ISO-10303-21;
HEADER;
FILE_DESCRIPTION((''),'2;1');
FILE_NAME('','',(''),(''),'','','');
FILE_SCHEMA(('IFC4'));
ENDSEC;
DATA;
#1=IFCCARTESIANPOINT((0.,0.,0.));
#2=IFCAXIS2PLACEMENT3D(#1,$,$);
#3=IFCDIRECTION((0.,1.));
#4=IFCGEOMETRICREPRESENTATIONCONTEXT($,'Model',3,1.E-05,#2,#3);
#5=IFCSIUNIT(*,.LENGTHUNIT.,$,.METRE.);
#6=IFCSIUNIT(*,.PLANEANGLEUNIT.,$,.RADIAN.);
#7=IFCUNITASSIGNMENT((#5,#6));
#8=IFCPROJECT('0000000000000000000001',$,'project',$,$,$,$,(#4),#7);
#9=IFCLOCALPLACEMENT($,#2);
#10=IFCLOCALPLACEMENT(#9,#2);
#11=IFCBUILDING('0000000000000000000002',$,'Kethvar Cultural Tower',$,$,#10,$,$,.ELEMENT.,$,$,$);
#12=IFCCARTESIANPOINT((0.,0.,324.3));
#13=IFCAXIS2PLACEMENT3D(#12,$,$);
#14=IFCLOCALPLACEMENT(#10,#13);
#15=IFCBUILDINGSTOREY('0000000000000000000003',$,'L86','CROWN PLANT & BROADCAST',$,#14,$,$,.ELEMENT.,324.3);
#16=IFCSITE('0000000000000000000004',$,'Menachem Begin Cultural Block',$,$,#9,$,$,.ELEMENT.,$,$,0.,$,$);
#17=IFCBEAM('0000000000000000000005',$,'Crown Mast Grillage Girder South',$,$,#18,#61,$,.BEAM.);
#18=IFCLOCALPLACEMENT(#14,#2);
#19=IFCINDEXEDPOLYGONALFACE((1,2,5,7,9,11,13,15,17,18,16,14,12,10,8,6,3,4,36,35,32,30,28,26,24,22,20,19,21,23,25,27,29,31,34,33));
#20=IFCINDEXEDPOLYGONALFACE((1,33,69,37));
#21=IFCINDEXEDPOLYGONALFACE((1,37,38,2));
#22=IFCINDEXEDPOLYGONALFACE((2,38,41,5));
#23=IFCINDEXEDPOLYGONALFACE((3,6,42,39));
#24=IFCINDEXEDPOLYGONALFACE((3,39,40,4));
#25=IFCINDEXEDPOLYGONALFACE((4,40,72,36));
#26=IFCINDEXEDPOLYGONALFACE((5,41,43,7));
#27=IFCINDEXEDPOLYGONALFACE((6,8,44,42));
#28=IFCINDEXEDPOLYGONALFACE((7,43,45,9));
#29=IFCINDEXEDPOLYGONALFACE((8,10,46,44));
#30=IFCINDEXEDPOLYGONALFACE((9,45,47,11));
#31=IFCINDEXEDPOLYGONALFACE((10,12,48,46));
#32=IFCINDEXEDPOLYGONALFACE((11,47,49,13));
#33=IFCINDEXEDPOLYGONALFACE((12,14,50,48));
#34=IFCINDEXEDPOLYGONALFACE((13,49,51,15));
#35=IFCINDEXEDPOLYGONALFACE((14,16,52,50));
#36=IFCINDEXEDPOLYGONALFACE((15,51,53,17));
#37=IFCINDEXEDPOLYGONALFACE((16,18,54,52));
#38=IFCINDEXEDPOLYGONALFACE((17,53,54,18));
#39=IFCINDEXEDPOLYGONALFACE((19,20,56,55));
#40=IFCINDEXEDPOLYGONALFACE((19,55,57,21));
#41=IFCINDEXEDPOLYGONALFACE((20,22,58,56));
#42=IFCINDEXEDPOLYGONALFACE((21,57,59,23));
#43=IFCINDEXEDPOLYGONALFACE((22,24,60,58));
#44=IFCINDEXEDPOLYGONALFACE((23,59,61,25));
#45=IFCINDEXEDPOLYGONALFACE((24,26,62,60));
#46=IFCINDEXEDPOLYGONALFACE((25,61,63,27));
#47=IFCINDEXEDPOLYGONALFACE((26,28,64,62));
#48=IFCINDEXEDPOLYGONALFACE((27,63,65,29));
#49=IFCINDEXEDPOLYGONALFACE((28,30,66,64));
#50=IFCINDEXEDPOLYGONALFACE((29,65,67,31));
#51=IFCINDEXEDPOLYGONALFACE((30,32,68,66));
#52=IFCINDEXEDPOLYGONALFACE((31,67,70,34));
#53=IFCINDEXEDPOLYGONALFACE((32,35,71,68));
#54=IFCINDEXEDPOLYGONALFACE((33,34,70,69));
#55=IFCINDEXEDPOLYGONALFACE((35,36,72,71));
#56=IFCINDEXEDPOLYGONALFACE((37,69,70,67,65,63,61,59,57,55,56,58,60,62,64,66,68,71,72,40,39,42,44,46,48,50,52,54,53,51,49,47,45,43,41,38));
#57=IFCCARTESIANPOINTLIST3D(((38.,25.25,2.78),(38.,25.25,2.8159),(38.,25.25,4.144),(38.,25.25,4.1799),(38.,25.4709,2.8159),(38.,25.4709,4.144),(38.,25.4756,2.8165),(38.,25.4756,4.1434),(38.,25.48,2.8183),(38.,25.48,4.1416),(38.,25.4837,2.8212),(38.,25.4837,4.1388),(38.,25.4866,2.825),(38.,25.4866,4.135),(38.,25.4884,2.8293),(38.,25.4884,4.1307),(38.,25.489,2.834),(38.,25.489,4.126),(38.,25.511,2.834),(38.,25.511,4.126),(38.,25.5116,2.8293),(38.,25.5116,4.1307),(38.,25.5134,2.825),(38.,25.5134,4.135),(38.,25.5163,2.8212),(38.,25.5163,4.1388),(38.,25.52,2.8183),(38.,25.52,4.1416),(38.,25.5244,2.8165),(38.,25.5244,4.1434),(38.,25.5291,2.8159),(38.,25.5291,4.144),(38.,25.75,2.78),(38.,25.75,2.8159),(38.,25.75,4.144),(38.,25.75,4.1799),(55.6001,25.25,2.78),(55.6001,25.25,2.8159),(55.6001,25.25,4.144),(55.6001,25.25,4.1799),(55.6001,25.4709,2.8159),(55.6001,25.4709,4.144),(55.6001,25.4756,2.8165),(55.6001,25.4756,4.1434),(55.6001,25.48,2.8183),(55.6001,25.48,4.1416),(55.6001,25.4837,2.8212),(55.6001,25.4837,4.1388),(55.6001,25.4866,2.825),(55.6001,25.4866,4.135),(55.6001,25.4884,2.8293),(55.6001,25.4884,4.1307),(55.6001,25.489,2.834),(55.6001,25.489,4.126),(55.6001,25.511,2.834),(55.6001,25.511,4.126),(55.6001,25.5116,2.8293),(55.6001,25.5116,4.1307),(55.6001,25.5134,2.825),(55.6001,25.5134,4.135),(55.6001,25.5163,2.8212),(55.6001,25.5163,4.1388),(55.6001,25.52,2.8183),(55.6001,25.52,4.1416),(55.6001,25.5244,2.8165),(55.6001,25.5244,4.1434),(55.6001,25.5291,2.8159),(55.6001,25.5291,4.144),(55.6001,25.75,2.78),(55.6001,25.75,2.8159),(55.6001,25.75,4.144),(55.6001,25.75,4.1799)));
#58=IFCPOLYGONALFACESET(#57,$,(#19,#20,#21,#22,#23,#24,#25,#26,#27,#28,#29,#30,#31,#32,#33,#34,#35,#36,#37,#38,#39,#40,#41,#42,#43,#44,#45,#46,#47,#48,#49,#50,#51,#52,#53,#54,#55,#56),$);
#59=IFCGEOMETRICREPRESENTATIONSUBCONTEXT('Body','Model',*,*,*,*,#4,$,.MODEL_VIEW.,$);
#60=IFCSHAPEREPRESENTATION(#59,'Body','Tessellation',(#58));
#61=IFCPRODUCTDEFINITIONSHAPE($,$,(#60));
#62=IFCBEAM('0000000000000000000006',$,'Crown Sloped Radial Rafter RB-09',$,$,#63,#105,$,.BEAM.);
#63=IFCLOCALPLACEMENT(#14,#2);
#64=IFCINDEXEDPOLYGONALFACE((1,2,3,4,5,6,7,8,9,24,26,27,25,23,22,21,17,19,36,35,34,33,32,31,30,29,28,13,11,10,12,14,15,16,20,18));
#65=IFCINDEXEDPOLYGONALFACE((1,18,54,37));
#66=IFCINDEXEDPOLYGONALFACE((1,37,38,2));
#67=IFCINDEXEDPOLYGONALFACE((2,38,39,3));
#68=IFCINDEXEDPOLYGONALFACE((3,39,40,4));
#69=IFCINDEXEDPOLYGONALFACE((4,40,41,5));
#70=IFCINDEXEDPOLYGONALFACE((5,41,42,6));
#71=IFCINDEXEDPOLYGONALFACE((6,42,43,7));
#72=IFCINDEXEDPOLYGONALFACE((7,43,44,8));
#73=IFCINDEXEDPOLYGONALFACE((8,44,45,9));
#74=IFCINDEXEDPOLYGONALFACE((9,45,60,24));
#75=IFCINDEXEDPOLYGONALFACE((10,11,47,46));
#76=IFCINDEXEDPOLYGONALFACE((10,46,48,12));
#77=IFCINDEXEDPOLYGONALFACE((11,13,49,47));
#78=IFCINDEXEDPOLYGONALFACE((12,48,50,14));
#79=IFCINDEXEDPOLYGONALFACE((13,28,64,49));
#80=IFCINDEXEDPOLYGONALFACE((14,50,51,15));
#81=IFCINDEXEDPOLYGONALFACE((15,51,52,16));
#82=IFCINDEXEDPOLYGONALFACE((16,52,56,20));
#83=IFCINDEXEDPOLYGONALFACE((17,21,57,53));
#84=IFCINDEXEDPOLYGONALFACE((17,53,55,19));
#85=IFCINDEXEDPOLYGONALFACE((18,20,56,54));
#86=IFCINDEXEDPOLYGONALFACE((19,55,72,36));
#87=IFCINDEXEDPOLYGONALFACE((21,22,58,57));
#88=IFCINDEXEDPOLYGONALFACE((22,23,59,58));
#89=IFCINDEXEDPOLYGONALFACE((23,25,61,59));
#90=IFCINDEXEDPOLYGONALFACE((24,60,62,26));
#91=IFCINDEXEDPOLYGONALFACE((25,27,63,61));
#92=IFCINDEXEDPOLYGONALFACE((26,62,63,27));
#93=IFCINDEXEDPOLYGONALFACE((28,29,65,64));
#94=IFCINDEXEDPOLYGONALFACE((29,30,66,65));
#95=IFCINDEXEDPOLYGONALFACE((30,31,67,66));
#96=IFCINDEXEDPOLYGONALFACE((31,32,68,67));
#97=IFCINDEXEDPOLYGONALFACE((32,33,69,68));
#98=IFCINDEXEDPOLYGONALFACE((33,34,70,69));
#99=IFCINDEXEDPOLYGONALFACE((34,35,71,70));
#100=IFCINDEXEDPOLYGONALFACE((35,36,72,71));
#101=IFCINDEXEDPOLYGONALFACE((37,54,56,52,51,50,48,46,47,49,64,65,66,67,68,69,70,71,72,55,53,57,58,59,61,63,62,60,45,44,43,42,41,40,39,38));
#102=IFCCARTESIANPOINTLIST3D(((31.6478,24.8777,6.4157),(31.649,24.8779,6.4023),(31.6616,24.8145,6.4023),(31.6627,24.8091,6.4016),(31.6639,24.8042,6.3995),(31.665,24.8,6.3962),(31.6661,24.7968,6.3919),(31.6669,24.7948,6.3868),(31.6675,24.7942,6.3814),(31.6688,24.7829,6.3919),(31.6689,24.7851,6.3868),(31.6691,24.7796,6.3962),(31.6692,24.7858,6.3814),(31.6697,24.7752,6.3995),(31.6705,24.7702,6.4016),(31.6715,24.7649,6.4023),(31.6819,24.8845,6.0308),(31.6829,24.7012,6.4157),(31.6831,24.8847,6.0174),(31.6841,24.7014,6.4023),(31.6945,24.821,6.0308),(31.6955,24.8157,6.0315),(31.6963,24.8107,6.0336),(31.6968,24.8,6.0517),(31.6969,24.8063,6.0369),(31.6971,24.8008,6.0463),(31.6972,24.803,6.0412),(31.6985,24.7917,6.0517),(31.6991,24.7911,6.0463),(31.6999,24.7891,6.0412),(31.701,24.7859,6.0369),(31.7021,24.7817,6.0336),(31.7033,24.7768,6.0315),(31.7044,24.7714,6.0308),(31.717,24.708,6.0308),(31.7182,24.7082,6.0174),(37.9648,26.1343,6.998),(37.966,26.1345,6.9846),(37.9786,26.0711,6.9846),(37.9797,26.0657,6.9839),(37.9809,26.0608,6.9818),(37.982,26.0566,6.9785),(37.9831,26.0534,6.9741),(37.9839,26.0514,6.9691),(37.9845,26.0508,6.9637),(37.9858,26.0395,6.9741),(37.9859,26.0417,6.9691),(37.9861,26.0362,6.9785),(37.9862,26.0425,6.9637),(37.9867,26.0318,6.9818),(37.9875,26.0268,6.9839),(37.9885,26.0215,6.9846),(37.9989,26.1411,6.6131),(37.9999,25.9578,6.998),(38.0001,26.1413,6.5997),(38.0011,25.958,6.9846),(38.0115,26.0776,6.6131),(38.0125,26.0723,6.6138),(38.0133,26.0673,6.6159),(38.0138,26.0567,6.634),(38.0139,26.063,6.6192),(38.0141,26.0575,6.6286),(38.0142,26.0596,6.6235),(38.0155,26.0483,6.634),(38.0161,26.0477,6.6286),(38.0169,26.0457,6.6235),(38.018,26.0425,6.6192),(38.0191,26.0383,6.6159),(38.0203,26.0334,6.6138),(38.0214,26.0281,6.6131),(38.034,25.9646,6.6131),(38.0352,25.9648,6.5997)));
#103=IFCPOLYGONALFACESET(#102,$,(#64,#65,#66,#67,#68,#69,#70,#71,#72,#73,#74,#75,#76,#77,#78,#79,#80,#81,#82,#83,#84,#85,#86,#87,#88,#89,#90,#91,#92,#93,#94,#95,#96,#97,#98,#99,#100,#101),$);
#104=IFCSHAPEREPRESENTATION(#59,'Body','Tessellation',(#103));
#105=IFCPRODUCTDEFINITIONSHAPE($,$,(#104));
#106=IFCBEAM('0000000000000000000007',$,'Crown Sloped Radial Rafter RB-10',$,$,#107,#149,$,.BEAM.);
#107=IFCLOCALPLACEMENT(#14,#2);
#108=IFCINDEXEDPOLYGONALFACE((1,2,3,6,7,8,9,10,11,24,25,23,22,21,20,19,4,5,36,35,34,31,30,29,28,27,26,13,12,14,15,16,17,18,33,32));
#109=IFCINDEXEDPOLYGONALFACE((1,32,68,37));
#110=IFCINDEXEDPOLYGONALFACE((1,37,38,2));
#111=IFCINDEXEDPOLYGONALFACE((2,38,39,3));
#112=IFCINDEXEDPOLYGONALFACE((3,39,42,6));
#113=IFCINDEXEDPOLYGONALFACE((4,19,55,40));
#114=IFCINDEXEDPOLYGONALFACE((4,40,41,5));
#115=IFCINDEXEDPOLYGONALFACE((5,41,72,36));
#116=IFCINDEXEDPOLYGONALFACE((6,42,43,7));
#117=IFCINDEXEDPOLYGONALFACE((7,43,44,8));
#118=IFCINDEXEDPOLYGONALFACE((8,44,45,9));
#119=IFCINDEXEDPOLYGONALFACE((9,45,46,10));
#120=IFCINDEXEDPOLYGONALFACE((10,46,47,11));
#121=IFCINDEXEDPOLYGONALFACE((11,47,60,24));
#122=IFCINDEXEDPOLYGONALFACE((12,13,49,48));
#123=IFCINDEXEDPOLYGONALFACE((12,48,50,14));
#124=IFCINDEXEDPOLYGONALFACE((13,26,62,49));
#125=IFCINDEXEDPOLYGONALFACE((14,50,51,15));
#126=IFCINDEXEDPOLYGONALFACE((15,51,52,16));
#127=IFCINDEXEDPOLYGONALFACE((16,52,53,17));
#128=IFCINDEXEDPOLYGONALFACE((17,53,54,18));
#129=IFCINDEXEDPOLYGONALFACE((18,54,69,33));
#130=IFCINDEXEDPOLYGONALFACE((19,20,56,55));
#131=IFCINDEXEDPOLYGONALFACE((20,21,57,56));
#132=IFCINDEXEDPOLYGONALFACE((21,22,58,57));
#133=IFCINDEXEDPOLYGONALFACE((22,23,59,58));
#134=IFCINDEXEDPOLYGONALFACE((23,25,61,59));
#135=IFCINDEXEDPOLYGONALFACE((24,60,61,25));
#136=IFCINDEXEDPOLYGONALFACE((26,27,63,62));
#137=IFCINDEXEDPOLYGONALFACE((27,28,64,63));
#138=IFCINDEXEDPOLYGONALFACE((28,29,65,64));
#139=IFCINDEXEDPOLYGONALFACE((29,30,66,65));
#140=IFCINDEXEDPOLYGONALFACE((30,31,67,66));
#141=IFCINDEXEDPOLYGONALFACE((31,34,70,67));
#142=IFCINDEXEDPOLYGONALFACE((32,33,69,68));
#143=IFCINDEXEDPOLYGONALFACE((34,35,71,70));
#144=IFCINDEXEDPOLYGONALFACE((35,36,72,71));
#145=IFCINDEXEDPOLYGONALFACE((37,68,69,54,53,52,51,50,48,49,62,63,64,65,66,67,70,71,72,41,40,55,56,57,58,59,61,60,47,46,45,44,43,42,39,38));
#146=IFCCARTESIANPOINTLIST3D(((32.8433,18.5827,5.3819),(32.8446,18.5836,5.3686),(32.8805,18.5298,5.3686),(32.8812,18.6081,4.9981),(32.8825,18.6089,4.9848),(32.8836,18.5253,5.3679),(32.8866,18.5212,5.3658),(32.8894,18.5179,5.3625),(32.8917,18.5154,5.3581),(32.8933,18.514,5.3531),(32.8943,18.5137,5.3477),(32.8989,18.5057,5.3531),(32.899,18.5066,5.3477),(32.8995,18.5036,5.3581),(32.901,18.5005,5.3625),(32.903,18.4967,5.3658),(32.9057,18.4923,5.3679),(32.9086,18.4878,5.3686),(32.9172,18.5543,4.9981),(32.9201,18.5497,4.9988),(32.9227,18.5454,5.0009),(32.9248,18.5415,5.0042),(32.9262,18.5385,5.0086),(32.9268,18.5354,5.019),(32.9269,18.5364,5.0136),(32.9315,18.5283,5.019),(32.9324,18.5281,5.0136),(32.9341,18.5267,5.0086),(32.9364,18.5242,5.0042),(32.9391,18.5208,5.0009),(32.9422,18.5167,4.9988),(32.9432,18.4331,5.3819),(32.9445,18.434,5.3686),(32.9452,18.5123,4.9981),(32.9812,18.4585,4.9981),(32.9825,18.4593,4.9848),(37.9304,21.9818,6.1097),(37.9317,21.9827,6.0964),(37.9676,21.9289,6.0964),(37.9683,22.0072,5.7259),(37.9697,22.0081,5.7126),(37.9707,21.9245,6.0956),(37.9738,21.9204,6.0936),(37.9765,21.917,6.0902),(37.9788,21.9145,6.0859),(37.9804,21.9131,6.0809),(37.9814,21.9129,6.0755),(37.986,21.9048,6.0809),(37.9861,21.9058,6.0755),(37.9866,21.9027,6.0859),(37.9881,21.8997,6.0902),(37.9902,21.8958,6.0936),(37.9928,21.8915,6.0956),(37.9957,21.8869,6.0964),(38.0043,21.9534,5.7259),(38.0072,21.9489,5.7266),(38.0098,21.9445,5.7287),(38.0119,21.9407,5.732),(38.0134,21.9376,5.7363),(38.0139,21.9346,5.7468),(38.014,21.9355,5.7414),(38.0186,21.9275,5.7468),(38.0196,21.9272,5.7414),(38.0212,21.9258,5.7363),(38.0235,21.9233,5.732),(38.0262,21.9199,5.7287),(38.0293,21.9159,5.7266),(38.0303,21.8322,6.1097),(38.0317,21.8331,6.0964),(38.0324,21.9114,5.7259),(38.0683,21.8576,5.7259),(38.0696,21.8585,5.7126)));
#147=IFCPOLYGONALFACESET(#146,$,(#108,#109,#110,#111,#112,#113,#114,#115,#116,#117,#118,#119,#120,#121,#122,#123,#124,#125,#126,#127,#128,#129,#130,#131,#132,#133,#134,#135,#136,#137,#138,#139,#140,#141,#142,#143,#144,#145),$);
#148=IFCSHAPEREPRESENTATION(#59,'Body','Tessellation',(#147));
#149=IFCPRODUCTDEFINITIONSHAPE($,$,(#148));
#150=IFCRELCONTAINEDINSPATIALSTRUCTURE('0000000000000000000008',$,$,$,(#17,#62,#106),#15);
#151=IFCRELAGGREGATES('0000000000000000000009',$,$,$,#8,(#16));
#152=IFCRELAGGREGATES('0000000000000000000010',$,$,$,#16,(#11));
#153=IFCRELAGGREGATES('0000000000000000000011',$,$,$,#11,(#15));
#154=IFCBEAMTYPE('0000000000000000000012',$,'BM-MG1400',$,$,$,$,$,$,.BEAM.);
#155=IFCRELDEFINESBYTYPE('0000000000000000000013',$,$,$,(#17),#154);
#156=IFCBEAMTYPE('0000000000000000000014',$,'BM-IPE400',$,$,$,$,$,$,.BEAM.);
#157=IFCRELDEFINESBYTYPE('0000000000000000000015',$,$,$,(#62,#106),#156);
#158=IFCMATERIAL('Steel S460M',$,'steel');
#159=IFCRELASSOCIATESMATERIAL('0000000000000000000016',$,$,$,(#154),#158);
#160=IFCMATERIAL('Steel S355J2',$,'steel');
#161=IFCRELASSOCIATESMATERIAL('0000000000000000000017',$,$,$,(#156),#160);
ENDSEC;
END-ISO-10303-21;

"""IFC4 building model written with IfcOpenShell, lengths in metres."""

from ifc_helpers import new_model, si_unit, direction, frame, origin, origin_2d, place, context, subcontext, project, spatial, i_section, extrude, source, transform, mapped, material, material_profile, profile_set, type_object, element, save


model = new_model("IFC4")

# Units and contexts
model_context = context("Model", 3, precision=1e-05, world=origin(), true_north=direction((0.0, 1.0)))
body_context = subcontext(model_context, "Body", "Model", "MODEL_VIEW")
ifc_project = project(units=[si_unit("LENGTHUNIT", "METRE"), si_unit("PLANEANGLEUNIT", "RADIAN")], contexts=[model_context])

# Site, building, storey
site_placement = place(None, origin())
site = spatial("IfcSite", under=ifc_project, at=site_placement, Name="Menachem Begin Cultural Block", CompositionType="ELEMENT", RefElevation=0.0)
building_placement = place(site_placement, origin())
building = spatial("IfcBuilding", under=site, at=building_placement, Name="Kethvar Cultural Tower", CompositionType="ELEMENT")
storey_placement = place(building_placement, frame((0.0, 0.0, 324.3)))
storey = spatial("IfcBuildingStorey", under=building, at=storey_placement, Name="L86", Description="CROWN PLANT & BROADCAST", CompositionType="ELEMENT", Elevation=324.3)

# Beams
ifc_material_1 = material(Name="Steel S460M", Category="steel")
ifc_material_profile_1 = material_profile(ifc_material_1, i_section(OverallWidth=0.5, OverallDepth=1.3999, WebThickness=0.022, FlangeThickness=0.0359, FilletRadius=0.0181, at=origin_2d()), Name="Steel S460M — PG1400x500x36x22")
ifc_profile_set_1 = profile_set([ifc_material_profile_1], Name="Steel S460M — PG1400x500x36x22")
beam_type_1 = type_object("IfcBeamType", Name="BM-MG1400", PredefinedType="BEAM", material=ifc_profile_set_1)
shared_shape_1 = source(origin(), body_context, "Body", "SweptSolid", [
    extrude(i_section(OverallWidth=0.5, OverallDepth=1.3999, WebThickness=0.022, FlangeThickness=0.0359, FilletRadius=0.0181, at=origin_2d()), origin(), (0.0, 0.0, 1.0), 17.6001),
])
beam_1_placement = place(storey_placement, frame((38.0, 25.5, 3.48), z_axis=(1.0, 0.0, 0.0), x_axis=(0.0, 1.0, 0.0)))
element("IfcBeam", 1, at=beam_1_placement, inside=storey, type_object=beam_type_1, Name="Crown Mast Grillage Girder South", PredefinedType="BEAM", context=body_context, shape_type="MappedRepresentation", body=[
    mapped(shared_shape_1, transform((0.0, 0.0, 0.0), scale=1.0)),
])
ifc_material_2 = material(Name="Steel S355J2", Category="steel")
ifc_material_profile_2 = material_profile(ifc_material_2, i_section(OverallWidth=0.1799, OverallDepth=0.3999, WebThickness=0.0085, FlangeThickness=0.0134, FilletRadius=0.021, at=origin_2d()), Name="Steel S355J2 — IPE400")
ifc_profile_set_2 = profile_set([ifc_material_profile_2], Name="Steel S355J2 — IPE400")
beam_type_2 = type_object("IfcBeamType", Name="BM-IPE400", PredefinedType="BEAM", material=ifc_profile_set_2)
shared_shape_2 = source(origin(), body_context, "Body", "SweptSolid", [
    extrude(i_section(OverallWidth=0.1799, OverallDepth=0.3999, WebThickness=0.0085, FlangeThickness=0.0134, FilletRadius=0.021, at=origin_2d()), origin(), (0.0, 0.0, 1.0), 6.467),
])
beam_2_placement = place(storey_placement, frame((38.0, 26.0496, 6.7988), z_axis=(-0.976799, -0.19431, -0.090039), x_axis=(0.195103, -0.980783, 0.0)))
element("IfcBeam", 2, at=beam_2_placement, inside=storey, type_object=beam_type_2, Name="Crown Sloped Radial Rafter RB-09", PredefinedType="BEAM", context=body_context, shape_type="MappedRepresentation", body=[
    mapped(shared_shape_2, transform((0.0, 0.0, 0.0), scale=1.0)),
])
shared_shape_3 = source(origin(), body_context, "Body", "SweptSolid", [
    extrude(i_section(OverallWidth=0.1799, OverallDepth=0.3999, WebThickness=0.0085, FlangeThickness=0.0134, FilletRadius=0.021, at=origin_2d()), origin(), (0.0, 0.0, 1.0), 6.1614),
])
beam_3_placement = place(storey_placement, frame((38.0, 21.9202, 5.9111), z_axis=(-0.825646, -0.551685, -0.118119), x_axis=(0.555575, -0.831467, 0.0)))
element("IfcBeam", 3, at=beam_3_placement, inside=storey, type_object=beam_type_2, Name="Crown Sloped Radial Rafter RB-10", PredefinedType="BEAM", context=body_context, shape_type="MappedRepresentation", body=[
    mapped(shared_shape_3, transform((0.0, 0.0, 0.0), scale=1.0)),
])

save(model, "model.ifc")
